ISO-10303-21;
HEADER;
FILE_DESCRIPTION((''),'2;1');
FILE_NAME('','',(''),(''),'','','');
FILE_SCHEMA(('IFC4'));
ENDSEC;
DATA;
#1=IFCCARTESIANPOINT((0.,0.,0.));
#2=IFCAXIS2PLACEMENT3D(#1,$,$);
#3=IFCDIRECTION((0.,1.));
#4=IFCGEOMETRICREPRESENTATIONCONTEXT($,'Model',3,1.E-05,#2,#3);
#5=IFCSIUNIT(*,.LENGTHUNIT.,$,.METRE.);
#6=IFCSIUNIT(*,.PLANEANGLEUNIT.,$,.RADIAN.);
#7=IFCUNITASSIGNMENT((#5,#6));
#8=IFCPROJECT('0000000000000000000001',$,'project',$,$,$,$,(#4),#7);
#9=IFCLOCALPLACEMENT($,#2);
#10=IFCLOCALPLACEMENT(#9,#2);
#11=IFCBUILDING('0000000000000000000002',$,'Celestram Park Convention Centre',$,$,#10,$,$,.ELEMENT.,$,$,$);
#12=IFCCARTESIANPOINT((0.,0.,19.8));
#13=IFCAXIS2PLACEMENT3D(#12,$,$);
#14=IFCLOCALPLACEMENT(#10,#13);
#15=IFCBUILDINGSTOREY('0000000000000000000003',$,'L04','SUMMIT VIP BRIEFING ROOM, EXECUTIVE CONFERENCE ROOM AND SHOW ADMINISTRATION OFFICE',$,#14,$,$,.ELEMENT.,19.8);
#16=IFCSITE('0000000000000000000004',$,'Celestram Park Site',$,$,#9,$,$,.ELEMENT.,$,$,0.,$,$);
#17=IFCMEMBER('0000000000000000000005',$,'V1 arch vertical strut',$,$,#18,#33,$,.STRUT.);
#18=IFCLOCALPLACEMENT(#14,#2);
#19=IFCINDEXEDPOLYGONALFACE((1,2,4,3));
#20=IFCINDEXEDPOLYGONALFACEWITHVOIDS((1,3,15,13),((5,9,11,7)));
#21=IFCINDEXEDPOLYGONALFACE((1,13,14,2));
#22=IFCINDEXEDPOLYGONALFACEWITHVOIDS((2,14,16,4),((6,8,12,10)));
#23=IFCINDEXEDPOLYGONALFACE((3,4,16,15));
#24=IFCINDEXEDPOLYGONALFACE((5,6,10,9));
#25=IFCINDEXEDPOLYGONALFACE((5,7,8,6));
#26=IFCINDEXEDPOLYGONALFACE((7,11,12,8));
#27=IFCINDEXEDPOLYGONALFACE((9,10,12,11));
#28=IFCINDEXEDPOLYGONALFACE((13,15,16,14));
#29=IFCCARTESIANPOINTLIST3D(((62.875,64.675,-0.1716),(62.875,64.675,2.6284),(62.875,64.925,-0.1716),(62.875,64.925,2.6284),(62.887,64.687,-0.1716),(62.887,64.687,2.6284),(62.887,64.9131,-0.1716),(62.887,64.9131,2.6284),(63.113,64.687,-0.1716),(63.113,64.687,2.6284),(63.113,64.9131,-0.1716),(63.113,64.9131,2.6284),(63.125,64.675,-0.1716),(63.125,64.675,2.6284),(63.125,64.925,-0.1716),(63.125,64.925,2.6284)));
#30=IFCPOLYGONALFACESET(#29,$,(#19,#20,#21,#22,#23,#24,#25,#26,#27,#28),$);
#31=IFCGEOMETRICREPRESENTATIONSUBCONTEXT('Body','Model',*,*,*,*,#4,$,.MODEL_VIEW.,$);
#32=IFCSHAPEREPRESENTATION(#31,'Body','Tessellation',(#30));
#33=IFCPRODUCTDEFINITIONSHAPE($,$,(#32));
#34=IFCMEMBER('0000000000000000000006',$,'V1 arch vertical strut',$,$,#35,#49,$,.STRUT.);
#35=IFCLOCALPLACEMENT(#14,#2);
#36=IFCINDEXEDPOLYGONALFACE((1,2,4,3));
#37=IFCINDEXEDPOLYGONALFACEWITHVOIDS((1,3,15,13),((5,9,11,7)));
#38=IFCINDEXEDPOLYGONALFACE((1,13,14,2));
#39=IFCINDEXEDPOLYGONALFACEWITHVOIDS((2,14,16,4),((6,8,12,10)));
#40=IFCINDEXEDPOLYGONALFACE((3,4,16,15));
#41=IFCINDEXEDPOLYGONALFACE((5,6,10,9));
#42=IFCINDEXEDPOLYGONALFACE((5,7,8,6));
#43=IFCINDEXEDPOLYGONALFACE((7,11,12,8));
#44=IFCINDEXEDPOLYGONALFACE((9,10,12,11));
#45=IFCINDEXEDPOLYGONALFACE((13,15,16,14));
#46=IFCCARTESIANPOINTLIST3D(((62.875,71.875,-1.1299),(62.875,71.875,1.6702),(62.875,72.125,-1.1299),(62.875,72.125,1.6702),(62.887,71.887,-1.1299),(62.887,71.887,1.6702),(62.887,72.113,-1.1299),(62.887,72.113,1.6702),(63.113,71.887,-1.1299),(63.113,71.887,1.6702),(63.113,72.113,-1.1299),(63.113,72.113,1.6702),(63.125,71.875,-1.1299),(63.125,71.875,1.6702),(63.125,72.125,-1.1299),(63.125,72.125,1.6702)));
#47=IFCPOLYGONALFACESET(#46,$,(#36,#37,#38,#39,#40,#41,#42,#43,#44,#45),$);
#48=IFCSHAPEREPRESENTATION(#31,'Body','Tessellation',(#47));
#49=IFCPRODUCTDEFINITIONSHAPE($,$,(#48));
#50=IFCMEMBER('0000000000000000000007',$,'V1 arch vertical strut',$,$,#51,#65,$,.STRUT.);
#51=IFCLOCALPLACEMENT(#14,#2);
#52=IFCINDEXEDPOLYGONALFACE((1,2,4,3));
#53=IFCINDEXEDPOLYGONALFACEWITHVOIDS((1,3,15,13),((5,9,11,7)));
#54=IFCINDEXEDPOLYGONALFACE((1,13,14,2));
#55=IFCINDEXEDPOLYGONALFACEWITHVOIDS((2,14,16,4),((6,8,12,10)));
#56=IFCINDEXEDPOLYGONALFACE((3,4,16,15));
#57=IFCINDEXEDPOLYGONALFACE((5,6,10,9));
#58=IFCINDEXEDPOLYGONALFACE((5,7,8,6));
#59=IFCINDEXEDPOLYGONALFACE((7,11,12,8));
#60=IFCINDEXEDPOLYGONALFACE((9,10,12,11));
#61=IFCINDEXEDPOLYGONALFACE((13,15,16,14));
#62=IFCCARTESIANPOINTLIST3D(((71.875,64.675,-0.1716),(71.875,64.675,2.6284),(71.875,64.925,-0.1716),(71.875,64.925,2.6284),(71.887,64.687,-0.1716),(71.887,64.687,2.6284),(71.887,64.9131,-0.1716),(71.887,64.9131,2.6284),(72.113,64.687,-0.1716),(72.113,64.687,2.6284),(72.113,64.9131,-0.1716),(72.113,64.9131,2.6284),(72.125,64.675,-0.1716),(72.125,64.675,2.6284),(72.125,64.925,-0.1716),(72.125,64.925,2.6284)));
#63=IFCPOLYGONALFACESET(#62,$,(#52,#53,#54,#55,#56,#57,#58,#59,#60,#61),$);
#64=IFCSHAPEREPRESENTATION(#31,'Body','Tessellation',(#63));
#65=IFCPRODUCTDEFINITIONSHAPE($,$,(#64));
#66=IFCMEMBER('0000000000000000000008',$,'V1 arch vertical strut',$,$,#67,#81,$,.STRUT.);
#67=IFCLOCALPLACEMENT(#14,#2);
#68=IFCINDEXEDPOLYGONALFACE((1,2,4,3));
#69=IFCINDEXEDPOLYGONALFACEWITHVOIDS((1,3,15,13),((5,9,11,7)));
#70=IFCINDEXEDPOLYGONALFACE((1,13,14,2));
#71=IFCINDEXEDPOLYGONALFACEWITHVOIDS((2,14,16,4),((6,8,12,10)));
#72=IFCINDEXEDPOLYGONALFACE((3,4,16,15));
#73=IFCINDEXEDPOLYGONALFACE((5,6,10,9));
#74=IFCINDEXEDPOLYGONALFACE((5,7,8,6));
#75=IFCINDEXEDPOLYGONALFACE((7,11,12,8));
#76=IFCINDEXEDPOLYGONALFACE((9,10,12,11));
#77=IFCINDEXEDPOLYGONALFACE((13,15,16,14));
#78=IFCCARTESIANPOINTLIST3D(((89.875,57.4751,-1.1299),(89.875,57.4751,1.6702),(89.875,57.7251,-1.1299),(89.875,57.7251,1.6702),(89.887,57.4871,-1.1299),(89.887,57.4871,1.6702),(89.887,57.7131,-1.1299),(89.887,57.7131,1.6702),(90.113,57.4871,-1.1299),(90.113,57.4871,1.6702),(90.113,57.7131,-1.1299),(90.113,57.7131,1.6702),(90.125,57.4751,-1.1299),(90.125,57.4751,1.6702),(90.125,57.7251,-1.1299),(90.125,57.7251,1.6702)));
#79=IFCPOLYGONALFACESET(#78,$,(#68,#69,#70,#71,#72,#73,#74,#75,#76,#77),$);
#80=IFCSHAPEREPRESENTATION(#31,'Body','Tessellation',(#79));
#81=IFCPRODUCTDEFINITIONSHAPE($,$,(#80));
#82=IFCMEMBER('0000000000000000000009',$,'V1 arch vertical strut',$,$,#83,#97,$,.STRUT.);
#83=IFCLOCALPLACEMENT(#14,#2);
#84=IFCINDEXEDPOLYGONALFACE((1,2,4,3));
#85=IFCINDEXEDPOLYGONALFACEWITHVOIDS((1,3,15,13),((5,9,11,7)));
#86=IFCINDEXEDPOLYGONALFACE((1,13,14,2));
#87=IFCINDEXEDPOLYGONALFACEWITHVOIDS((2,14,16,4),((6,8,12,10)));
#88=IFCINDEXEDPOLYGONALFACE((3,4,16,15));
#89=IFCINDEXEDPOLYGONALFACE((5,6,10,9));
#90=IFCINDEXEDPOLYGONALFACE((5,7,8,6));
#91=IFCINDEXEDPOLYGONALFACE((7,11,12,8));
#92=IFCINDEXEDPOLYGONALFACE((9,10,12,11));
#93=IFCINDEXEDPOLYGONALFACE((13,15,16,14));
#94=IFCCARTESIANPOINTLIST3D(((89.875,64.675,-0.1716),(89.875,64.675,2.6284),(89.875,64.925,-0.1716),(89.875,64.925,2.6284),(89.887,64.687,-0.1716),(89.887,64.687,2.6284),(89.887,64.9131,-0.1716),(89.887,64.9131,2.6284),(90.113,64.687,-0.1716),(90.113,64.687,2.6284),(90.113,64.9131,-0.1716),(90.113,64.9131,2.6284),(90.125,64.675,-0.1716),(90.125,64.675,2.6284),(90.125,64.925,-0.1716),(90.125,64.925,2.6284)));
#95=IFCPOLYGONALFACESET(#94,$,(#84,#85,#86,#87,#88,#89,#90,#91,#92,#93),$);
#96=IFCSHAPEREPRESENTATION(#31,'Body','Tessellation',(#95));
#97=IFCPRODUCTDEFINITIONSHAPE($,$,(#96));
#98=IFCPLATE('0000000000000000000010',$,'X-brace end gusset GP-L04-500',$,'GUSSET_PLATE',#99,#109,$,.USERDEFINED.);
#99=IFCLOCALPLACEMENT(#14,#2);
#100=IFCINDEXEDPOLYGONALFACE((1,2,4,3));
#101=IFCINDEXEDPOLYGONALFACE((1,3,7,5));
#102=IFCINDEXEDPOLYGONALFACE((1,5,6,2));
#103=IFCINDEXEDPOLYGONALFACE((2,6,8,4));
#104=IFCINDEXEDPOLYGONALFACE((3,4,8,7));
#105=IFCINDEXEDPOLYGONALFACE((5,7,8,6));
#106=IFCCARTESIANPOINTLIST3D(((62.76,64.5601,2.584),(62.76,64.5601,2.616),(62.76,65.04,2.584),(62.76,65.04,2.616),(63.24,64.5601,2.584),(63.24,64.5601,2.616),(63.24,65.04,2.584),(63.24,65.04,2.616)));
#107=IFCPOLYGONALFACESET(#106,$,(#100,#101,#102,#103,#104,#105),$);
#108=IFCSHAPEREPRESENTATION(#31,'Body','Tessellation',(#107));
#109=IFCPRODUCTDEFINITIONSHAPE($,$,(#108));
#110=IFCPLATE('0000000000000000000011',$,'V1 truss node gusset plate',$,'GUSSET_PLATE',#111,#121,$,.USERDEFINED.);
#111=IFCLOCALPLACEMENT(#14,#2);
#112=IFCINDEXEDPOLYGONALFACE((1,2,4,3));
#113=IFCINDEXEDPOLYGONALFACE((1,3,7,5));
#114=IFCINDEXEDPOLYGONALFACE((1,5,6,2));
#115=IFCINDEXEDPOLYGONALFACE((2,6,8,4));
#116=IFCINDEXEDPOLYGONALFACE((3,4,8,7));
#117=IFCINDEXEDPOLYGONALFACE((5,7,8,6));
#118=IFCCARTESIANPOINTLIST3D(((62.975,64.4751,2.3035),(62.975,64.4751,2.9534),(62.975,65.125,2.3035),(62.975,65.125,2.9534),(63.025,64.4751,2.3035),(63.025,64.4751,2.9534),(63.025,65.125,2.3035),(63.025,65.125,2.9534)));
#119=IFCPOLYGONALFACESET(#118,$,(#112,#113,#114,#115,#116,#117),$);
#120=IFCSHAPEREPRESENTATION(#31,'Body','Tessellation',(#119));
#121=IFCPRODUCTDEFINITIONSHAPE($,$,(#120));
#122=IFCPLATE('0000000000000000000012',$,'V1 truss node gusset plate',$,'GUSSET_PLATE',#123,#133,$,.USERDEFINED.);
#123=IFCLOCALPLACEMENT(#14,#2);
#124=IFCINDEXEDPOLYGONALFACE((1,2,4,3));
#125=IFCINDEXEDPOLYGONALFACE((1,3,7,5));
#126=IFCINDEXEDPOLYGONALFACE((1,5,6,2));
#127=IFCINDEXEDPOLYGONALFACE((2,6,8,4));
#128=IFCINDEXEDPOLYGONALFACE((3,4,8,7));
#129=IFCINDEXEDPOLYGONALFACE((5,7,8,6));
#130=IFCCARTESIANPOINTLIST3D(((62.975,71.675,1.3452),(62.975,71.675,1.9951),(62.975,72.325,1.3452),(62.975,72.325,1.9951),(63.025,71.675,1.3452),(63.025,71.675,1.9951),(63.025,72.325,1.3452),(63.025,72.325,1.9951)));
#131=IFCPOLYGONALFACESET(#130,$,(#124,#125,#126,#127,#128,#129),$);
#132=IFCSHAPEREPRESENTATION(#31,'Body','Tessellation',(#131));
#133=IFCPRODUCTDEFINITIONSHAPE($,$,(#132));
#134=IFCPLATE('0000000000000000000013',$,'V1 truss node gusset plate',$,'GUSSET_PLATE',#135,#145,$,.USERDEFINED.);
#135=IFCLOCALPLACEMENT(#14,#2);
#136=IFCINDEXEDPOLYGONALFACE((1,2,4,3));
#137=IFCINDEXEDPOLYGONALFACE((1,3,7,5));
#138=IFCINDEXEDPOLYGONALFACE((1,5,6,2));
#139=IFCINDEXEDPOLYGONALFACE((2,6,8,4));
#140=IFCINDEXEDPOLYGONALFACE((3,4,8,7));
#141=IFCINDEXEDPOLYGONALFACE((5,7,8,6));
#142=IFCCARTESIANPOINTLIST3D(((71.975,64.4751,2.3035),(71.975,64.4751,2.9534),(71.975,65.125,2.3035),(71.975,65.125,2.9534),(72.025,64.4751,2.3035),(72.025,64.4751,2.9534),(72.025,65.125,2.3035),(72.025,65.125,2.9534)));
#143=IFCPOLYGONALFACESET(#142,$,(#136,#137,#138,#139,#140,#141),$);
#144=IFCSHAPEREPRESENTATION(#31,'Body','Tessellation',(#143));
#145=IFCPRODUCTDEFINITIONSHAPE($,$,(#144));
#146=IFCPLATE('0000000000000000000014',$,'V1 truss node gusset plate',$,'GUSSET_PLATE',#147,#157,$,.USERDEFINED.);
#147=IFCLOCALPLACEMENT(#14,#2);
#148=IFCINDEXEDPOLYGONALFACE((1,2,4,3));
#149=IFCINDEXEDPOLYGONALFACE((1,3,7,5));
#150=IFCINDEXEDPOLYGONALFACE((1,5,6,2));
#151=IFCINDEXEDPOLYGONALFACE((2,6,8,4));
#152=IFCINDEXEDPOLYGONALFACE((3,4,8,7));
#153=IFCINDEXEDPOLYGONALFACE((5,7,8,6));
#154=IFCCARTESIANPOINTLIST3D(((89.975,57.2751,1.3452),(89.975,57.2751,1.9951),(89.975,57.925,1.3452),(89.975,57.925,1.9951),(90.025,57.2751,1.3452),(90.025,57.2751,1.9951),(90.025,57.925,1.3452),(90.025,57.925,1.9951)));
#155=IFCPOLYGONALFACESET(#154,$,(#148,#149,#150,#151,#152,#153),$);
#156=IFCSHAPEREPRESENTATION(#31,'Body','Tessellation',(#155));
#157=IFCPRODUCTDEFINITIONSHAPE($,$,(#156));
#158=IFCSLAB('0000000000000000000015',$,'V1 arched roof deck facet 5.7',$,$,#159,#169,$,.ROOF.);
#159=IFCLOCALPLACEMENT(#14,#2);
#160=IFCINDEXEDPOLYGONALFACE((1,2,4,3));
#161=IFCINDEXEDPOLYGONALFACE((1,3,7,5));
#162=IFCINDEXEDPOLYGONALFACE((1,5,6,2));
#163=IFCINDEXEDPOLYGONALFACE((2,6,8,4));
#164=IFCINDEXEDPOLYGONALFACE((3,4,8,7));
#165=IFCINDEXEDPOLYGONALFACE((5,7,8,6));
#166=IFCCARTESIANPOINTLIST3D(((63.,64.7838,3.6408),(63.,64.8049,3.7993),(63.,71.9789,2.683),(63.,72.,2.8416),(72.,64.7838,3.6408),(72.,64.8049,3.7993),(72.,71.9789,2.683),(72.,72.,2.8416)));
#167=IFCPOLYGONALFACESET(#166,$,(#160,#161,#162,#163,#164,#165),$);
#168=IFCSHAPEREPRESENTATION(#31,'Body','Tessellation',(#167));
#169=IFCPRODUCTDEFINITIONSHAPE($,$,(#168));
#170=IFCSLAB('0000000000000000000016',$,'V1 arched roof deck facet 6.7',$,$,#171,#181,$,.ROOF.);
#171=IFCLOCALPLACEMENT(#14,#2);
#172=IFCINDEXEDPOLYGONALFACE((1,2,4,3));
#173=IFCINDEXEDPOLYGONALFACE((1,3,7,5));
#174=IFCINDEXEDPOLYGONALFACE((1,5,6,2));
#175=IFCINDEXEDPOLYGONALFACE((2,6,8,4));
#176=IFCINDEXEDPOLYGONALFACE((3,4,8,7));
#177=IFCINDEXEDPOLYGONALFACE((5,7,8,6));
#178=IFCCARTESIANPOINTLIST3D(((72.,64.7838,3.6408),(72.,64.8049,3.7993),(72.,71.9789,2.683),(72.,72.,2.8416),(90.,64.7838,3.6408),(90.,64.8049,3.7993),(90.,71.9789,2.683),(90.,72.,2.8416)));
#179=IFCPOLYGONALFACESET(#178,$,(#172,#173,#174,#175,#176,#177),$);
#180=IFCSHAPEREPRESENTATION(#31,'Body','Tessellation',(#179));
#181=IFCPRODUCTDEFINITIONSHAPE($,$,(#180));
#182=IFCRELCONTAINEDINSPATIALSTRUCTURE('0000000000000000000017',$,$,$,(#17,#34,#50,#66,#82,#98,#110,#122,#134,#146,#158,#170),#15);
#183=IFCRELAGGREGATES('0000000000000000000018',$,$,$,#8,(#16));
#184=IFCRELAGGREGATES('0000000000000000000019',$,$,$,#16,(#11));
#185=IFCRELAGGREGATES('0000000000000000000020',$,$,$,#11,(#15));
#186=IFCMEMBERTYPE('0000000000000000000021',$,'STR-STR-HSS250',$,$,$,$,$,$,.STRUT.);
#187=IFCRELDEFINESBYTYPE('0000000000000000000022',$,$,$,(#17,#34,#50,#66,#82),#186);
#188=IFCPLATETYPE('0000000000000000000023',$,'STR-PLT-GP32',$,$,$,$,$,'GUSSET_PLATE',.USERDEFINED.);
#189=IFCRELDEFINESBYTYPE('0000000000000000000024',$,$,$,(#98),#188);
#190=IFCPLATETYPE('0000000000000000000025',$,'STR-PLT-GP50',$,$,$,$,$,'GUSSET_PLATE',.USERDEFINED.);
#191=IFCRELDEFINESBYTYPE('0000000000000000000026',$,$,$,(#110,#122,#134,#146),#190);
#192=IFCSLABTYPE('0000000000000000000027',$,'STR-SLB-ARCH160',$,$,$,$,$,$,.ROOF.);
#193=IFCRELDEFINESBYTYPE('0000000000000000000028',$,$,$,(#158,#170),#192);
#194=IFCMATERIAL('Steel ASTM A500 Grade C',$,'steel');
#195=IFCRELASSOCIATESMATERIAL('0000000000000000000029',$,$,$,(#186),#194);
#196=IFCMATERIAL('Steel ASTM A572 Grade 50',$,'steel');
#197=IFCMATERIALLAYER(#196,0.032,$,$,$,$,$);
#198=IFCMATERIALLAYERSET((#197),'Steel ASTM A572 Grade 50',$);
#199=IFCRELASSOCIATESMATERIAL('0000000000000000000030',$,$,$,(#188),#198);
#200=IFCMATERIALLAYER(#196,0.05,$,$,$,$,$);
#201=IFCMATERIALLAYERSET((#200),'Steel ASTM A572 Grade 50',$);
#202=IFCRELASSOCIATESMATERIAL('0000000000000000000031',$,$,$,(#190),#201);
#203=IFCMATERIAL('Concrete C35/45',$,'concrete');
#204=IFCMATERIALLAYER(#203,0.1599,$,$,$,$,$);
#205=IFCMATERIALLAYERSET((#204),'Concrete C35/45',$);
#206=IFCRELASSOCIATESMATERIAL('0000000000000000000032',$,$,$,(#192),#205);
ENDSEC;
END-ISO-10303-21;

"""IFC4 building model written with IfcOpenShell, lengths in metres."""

from ifc_helpers import new_model, si_unit, direction, frame, origin, origin_2d, place, context, subcontext, project, spatial, polyline, rectangle, hollow_rectangle, outline, extrude, material, layer, layer_set, material_profile, profile_set, type_object, element, save


model = new_model("IFC4")

# Units and contexts
model_context = context("Model", 3, precision=1e-05, world=origin(), true_north=direction((0.0, 1.0)))
body_context = subcontext(model_context, "Body", "Model", "MODEL_VIEW")
ifc_project = project(units=[si_unit("LENGTHUNIT", "METRE"), si_unit("PLANEANGLEUNIT", "RADIAN")], contexts=[model_context])

# Site, building, storey
site_placement = place(None, origin())
site = spatial("IfcSite", under=ifc_project, at=site_placement, Name="Celestram Park Site", CompositionType="ELEMENT", RefElevation=0.0)
building_placement = place(site_placement, origin())
building = spatial("IfcBuilding", under=site, at=building_placement, Name="Celestram Park Convention Centre", CompositionType="ELEMENT")
storey_placement = place(building_placement, frame((0.0, 0.0, 19.8)))
storey = spatial("IfcBuildingStorey", under=building, at=storey_placement, Name="L04", Description="SUMMIT VIP BRIEFING ROOM, EXECUTIVE CONFERENCE ROOM AND SHOW ADMINISTRATION OFFICE", CompositionType="ELEMENT", Elevation=19.8)

# Members
ifc_material_1 = material(Name="Steel ASTM A500 Grade C", Category="steel")
ifc_material_profile_1 = material_profile(ifc_material_1, hollow_rectangle(XDim=0.25, YDim=0.25, WallThickness=0.012, at=origin_2d()), Name="HSS250X250X12")
ifc_profile_set_1 = profile_set([ifc_material_profile_1], Name="Steel ASTM A500 Grade C")
member_type_1 = type_object("IfcMemberType", Name="STR-STR-HSS250", PredefinedType="STRUT", material=ifc_profile_set_1)
for number, where, z_axis, x_axis, name in (
    (1, (63.0, 64.8, -0.1716), (0.0, 0.0, 1.0), (1.0, 0.0, 0.0), "V1 arch vertical strut"),
    (2, (63.0, 72.0, -1.1299), (0.0, 0.0, 1.0), (1.0, 0.0, 0.0), "V1 arch vertical strut"),
    (3, (72.0, 64.8, -0.1716), (0.0, 0.0, 1.0), (1.0, 0.0, 0.0), "V1 arch vertical strut"),
    (4, (90.0, 57.6001, -1.1299), (0.0, 0.0, 1.0), (1.0, 0.0, 0.0), "V1 arch vertical strut"),
    (5, (90.0, 64.8, -0.1716), (0.0, 0.0, 1.0), (1.0, 0.0, 0.0), "V1 arch vertical strut"),
):
    element("IfcMember", number, at=place(storey_placement, frame(where, z_axis=z_axis, x_axis=x_axis)), inside=storey, type_object=member_type_1, Name=name, PredefinedType="STRUT", context=body_context, shape_type="SweptSolid", body=[
        extrude(hollow_rectangle(XDim=0.25, YDim=0.25, WallThickness=0.012, at=origin_2d()), origin(), (0.0, 0.0, 1.0), 2.8),
    ])

# Plates
ifc_material_2 = material(Name="Steel ASTM A572 Grade 50", Category="steel")
ifc_layer_1 = layer(ifc_material_2, 0.032)
ifc_layer_set_1 = layer_set([ifc_layer_1], Name="Steel ASTM A572 Grade 50")
plate_type_1 = type_object("IfcPlateType", Name="STR-PLT-GP32", ElementType="GUSSET_PLATE", PredefinedType="USERDEFINED", material=ifc_layer_set_1)
plate_placement = place(storey_placement, frame((63.0, 64.8, 2.584), z_axis=(0.0, 0.0, 1.0), x_axis=(1.0, 0.0, 0.0)))
element("IfcPlate", 6, at=plate_placement, inside=storey, type_object=plate_type_1, Name="X-brace end gusset GP-L04-500", ObjectType="GUSSET_PLATE", PredefinedType="USERDEFINED", context=body_context, shape_type="SweptSolid", body=[
    extrude(rectangle(XDim=0.48, YDim=0.48, at=origin_2d()), origin(), (0.0, 0.0, 1.0), 0.032),
])
ifc_layer_2 = layer(ifc_material_2, 0.05)
ifc_layer_set_2 = layer_set([ifc_layer_2], Name="Steel ASTM A572 Grade 50")
plate_type_2 = type_object("IfcPlateType", Name="STR-PLT-GP50", ElementType="GUSSET_PLATE", PredefinedType="USERDEFINED", material=ifc_layer_set_2)
for number, where, z_axis, x_axis, name in (
    (7, (63.0, 64.8, 2.3035), (0.0, 0.0, 1.0), (0.0, 1.0, 0.0), "V1 truss node gusset plate"),
    (8, (63.0, 72.0, 1.3452), (0.0, 0.0, 1.0), (0.0, 1.0, 0.0), "V1 truss node gusset plate"),
    (9, (72.0, 64.8, 2.3035), (0.0, 0.0, 1.0), (0.0, 1.0, 0.0), "V1 truss node gusset plate"),
    (10, (90.0, 57.6001, 1.3452), (0.0, 0.0, 1.0), (0.0, 1.0, 0.0), "V1 truss node gusset plate"),
):
    element("IfcPlate", number, at=place(storey_placement, frame(where, z_axis=z_axis, x_axis=x_axis)), inside=storey, type_object=plate_type_2, Name=name, ObjectType="GUSSET_PLATE", PredefinedType="USERDEFINED", context=body_context, shape_type="SweptSolid", body=[
        extrude(rectangle(XDim=0.6499, YDim=0.05, at=origin_2d()), origin(), (0.0, 0.0, 1.0), 0.6499),
    ])

# Slabs
ifc_material_3 = material(Name="Concrete C35/45", Category="concrete")
ifc_layer_3 = layer(ifc_material_3, 0.1599)
ifc_layer_set_3 = layer_set([ifc_layer_3], Name="Concrete C35/45")
slab_type = type_object("IfcSlabType", Name="STR-SLB-ARCH160", PredefinedType="ROOF", material=ifc_layer_set_3)
slab_1_placement = place(storey_placement, frame((63.0, 64.8049, 3.7993), z_axis=(0.0, 0.13195, 0.991256), x_axis=(1.0, 0.0, 0.0)))
element("IfcSlab", 11, at=slab_1_placement, inside=storey, type_object=slab_type, Name="V1 arched roof deck facet 5.7", PredefinedType="ROOF", context=body_context, shape_type="SweptSolid", body=[
    extrude(outline(polyline([(0.0, 0.0), (9.0, 0.0), (9.0, 7.2585), (0.0, 7.2585), (0.0, 0.0)])), origin(), (0.0, 0.0, -1.0), 0.1599),
])
slab_2_placement = place(storey_placement, frame((72.0, 64.8049, 3.7993), z_axis=(0.0, 0.13195, 0.991256), x_axis=(1.0, 0.0, 0.0)))
element("IfcSlab", 12, at=slab_2_placement, inside=storey, type_object=slab_type, Name="V1 arched roof deck facet 6.7", PredefinedType="ROOF", context=body_context, shape_type="SweptSolid", body=[
    extrude(outline(polyline([(0.0, 0.0), (18.0, 0.0), (18.0, 7.2585), (0.0, 7.2585), (0.0, 0.0)])), origin(), (0.0, 0.0, -1.0), 0.1599),
])

save(model, "model.ifc")
